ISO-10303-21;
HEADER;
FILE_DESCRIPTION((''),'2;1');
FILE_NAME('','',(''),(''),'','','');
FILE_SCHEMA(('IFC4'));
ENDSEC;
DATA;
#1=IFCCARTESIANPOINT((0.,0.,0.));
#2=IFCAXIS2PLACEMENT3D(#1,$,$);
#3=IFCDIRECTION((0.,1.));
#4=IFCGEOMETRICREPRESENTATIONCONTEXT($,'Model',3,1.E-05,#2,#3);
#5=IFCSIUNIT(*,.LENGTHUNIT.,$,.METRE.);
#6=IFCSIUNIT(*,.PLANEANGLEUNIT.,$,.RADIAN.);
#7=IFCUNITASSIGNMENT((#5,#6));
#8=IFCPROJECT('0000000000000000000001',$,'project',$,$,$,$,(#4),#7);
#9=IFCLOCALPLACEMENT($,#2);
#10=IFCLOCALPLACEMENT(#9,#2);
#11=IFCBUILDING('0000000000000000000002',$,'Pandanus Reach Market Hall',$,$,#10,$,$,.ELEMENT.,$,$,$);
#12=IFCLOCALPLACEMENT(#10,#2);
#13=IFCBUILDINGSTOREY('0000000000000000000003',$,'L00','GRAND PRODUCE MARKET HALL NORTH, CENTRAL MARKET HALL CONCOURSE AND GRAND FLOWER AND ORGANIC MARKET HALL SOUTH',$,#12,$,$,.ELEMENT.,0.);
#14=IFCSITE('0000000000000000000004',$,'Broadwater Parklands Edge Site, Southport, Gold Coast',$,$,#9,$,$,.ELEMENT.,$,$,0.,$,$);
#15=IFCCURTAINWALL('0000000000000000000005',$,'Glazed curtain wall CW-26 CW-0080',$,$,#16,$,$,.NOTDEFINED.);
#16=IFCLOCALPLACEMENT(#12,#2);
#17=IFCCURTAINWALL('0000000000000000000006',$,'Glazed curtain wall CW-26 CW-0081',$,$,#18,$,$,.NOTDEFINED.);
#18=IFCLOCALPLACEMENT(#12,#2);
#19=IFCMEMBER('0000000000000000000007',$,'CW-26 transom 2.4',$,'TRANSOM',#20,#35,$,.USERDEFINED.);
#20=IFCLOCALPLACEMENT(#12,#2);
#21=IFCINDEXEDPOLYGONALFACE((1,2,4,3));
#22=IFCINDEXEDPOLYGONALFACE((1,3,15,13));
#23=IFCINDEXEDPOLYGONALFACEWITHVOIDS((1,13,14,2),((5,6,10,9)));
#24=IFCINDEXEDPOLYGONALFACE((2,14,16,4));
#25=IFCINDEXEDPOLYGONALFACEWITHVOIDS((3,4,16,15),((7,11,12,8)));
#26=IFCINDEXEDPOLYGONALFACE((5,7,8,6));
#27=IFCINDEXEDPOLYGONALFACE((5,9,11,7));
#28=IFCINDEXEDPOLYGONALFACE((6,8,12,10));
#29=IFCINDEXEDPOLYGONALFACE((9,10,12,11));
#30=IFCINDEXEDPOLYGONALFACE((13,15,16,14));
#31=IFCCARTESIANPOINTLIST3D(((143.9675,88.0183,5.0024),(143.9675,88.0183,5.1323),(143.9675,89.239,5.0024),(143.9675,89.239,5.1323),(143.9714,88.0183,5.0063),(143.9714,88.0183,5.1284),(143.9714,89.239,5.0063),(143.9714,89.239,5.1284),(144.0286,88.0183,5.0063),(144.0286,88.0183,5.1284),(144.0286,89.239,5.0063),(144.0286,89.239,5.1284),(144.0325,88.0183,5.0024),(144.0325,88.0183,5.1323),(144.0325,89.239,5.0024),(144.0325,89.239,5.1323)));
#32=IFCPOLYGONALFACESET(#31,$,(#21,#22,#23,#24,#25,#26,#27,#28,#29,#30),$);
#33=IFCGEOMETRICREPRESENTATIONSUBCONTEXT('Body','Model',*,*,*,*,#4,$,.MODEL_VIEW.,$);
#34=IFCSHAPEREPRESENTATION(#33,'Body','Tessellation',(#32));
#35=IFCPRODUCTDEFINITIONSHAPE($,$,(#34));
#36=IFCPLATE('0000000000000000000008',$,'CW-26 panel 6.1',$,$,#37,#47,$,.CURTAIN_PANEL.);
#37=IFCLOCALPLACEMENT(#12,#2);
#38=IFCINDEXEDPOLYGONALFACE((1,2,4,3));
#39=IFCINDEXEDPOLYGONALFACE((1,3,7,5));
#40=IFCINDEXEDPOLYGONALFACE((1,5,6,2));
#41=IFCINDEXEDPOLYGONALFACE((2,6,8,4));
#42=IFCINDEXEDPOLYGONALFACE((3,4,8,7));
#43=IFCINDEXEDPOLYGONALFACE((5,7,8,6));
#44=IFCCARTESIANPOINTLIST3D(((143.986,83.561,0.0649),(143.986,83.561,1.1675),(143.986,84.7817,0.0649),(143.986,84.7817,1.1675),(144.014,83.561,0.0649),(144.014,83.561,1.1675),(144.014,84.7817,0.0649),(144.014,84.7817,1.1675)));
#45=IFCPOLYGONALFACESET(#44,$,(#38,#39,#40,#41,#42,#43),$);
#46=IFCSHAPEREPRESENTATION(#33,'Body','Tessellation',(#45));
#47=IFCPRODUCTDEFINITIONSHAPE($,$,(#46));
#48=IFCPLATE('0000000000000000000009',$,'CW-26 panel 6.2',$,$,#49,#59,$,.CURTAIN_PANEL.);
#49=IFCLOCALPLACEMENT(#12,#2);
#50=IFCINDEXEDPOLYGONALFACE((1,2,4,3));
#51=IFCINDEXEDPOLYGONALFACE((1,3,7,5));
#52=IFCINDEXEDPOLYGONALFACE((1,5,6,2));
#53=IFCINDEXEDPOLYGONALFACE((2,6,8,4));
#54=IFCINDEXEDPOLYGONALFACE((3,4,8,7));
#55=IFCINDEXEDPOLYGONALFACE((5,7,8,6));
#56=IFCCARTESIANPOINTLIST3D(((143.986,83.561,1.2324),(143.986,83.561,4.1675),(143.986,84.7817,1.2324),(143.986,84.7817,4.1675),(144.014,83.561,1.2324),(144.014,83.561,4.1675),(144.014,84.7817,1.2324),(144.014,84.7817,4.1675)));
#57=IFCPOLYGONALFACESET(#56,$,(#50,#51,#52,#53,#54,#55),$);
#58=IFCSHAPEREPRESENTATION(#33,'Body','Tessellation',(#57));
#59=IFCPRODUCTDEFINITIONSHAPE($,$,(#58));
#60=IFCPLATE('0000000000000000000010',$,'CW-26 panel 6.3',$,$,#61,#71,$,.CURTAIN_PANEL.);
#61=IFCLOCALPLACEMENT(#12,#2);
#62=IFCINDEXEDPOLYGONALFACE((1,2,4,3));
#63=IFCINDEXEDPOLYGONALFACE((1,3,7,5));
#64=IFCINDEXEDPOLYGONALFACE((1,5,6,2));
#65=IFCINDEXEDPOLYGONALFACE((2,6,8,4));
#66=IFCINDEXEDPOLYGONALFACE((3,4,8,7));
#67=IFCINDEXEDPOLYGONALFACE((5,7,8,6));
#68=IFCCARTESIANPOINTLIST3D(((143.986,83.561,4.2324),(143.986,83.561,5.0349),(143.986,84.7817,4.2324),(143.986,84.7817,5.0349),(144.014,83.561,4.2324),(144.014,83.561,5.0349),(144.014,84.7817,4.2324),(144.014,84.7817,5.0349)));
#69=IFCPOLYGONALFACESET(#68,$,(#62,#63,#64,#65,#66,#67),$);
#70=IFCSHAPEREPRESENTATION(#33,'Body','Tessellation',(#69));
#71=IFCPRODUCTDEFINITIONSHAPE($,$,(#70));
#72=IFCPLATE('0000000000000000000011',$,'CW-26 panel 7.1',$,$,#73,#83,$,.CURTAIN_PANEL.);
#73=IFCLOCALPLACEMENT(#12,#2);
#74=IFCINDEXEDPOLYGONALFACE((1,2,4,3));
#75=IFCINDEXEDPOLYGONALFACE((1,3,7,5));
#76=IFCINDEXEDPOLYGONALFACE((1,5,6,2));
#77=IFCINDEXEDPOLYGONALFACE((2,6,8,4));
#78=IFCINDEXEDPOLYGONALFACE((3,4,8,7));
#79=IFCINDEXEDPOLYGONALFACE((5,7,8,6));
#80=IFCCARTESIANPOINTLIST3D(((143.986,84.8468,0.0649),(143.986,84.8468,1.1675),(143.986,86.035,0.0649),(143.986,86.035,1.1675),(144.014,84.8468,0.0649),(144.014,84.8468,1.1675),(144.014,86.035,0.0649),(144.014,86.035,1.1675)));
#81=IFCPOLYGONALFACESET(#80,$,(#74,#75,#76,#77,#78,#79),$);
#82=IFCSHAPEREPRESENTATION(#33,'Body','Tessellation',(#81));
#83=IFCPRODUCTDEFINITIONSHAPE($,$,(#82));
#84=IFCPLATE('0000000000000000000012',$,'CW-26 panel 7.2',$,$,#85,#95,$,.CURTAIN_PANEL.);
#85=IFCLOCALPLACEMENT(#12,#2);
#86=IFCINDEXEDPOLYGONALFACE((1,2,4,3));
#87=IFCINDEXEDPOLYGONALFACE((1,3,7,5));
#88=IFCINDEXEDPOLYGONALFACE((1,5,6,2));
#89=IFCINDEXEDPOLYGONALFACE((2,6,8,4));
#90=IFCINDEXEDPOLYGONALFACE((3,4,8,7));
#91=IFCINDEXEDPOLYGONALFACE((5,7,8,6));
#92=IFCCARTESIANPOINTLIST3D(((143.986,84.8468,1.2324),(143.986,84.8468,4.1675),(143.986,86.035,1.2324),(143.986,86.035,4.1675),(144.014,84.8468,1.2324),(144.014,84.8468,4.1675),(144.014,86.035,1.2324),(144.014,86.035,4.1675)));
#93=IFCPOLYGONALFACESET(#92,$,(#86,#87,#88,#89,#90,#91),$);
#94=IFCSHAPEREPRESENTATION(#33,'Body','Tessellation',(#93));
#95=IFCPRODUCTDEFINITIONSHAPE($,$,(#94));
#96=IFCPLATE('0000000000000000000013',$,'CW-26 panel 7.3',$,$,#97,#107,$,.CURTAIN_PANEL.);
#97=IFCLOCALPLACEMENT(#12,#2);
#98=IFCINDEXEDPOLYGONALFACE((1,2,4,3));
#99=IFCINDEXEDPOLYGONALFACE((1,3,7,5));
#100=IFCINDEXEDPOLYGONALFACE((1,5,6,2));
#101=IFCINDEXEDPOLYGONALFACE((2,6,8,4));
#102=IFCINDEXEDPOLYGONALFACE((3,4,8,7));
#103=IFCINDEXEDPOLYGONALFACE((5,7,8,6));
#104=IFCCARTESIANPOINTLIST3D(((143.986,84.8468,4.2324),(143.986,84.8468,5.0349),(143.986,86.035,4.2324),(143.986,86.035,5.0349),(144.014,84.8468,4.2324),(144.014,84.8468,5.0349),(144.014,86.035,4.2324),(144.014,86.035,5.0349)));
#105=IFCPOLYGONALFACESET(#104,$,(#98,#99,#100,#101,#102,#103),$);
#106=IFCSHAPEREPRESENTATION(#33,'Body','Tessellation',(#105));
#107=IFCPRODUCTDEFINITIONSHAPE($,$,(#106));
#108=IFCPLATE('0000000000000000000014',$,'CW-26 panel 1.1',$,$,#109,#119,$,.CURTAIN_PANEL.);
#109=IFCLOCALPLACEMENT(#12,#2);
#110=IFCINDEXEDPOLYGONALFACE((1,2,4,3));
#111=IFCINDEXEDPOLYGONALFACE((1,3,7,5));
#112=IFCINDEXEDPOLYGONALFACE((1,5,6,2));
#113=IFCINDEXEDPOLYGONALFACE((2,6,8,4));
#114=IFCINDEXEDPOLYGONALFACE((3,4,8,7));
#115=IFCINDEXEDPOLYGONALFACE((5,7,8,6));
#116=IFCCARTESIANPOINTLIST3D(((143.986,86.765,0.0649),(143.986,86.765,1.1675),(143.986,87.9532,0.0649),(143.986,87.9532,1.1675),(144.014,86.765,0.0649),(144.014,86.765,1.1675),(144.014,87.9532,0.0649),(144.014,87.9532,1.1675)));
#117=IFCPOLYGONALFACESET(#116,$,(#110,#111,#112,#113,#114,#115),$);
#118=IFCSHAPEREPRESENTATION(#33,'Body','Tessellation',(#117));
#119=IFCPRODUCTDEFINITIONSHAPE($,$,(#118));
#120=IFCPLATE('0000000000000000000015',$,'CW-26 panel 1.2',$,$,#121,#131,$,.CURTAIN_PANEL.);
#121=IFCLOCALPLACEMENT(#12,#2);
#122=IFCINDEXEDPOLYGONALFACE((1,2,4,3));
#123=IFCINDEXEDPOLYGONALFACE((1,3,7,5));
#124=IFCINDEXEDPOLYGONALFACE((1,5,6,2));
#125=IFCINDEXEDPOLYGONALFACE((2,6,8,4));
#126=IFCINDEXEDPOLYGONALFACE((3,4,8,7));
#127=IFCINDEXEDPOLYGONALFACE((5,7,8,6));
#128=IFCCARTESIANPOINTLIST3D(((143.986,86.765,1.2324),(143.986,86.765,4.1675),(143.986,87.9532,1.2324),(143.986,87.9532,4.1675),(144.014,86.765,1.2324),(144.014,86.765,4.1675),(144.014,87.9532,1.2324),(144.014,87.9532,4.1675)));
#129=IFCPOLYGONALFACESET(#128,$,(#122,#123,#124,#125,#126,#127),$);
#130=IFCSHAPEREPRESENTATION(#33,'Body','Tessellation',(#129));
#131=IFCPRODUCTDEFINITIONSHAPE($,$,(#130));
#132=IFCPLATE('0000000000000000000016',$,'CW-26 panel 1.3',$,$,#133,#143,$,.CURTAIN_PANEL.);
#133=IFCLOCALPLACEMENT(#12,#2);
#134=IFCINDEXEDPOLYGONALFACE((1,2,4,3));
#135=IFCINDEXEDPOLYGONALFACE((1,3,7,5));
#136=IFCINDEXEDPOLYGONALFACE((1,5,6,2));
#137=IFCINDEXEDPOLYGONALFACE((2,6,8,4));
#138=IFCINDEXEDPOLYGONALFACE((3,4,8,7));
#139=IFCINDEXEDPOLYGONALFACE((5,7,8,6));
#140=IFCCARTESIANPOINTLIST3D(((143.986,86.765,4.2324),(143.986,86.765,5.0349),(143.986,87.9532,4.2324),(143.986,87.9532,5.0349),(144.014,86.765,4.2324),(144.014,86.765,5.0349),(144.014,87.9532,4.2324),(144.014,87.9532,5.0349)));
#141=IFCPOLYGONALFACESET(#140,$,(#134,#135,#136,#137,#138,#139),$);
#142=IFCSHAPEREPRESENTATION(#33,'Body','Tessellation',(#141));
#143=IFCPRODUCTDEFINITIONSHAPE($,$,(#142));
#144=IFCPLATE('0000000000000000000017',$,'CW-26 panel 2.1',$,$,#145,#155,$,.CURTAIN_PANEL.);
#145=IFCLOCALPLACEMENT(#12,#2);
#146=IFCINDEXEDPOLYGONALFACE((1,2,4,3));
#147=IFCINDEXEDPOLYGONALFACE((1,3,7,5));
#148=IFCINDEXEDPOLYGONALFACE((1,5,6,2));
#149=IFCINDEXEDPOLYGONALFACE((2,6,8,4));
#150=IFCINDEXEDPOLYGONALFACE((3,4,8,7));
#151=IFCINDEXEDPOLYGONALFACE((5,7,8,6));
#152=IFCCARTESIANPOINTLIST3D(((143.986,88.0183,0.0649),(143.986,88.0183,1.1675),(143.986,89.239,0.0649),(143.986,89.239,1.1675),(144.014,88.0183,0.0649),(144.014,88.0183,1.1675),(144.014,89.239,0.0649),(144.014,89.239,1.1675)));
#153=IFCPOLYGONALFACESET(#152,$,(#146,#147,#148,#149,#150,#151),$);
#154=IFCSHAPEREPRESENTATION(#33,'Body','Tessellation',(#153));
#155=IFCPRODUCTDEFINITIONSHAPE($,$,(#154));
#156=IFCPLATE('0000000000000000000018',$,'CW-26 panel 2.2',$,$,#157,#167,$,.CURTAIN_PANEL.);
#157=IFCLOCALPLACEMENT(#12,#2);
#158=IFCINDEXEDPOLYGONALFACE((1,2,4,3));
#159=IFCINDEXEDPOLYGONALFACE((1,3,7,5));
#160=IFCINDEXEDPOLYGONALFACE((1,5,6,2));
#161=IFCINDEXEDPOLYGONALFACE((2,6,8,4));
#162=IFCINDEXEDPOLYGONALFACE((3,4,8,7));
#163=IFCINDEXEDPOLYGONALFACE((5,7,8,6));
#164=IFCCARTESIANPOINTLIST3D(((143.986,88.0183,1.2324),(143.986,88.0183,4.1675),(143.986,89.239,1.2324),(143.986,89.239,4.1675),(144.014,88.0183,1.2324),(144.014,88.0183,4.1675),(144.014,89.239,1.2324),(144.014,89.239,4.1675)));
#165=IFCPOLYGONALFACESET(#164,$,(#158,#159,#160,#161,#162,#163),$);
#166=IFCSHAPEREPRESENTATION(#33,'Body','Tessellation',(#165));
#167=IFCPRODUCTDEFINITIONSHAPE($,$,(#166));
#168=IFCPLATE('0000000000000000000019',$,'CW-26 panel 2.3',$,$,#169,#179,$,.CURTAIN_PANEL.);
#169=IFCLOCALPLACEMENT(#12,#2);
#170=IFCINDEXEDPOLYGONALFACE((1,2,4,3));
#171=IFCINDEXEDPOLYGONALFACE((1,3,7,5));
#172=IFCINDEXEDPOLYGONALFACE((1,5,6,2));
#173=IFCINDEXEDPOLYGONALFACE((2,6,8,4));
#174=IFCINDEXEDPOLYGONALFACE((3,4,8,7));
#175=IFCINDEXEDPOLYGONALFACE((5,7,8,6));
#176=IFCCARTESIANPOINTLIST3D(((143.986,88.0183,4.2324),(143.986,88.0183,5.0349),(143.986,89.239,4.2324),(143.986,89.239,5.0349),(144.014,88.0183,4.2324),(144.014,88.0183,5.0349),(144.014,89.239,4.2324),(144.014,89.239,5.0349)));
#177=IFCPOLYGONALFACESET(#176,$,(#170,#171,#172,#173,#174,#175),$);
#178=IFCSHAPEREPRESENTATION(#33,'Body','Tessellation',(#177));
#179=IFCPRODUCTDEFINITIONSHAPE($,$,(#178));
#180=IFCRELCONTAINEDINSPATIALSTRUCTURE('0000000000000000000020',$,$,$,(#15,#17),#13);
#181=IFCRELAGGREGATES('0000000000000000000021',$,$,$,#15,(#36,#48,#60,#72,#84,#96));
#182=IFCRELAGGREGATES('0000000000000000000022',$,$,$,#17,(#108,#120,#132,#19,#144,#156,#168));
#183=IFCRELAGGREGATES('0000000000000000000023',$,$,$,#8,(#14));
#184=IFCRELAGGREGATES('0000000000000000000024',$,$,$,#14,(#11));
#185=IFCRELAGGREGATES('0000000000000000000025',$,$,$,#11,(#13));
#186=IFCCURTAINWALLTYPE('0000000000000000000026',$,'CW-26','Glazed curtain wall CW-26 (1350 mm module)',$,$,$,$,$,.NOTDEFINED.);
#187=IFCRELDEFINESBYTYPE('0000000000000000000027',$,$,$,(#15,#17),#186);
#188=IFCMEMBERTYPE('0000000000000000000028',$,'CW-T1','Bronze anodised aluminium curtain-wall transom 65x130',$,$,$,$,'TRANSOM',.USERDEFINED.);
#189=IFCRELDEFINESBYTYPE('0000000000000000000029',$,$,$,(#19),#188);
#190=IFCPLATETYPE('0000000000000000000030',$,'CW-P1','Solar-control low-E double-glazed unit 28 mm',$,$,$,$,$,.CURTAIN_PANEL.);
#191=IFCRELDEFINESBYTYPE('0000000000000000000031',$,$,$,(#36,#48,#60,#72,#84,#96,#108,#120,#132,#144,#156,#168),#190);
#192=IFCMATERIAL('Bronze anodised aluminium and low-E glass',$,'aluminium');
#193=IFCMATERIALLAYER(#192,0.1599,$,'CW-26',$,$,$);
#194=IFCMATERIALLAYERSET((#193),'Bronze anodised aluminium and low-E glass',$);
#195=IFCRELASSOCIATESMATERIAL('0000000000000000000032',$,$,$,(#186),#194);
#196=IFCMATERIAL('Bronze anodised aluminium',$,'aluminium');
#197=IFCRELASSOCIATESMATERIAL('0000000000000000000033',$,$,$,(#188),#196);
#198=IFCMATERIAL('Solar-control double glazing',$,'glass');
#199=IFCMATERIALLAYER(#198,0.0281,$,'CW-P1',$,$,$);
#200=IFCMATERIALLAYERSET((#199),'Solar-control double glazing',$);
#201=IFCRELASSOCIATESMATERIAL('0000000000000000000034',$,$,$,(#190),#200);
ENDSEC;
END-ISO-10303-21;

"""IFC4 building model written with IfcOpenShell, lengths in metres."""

from ifc_helpers import new_model, si_unit, direction, frame, origin, origin_2d, place, context, subcontext, project, spatial, rectangle, hollow_rectangle, extrude, material, layer, layer_set, material_profile, profile_set, type_object, element, aggregate, save


model = new_model("IFC4")

# Units and contexts
model_context = context("Model", 3, precision=1e-05, world=origin(), true_north=direction((0.0, 1.0)))
body_context = subcontext(model_context, "Body", "Model", "MODEL_VIEW")
ifc_project = project(units=[si_unit("LENGTHUNIT", "METRE"), si_unit("PLANEANGLEUNIT", "RADIAN")], contexts=[model_context])

# Site, building, storey
site_placement = place(None, origin())
site = spatial("IfcSite", under=ifc_project, at=site_placement, Name="Broadwater Parklands Edge Site, Southport, Gold Coast", CompositionType="ELEMENT", RefElevation=0.0)
building_placement = place(site_placement, origin())
building = spatial("IfcBuilding", under=site, at=building_placement, Name="Pandanus Reach Market Hall", CompositionType="ELEMENT")
storey_placement = place(building_placement, origin())
storey = spatial("IfcBuildingStorey", under=building, at=storey_placement, Name="L00", Description="GRAND PRODUCE MARKET HALL NORTH, CENTRAL MARKET HALL CONCOURSE AND GRAND FLOWER AND ORGANIC MARKET HALL SOUTH", CompositionType="ELEMENT", Elevation=0.0)

# Curtain walls
ifc_material_1 = material(Name="Bronze anodised aluminium and low-E glass", Category="aluminium")
ifc_layer_1 = layer(ifc_material_1, 0.1599, Name="CW-26")
ifc_layer_set_1 = layer_set([ifc_layer_1], Name="Bronze anodised aluminium and low-E glass")
curtain_wall_type = type_object("IfcCurtainWallType", Name="CW-26", Description="Glazed curtain wall CW-26 (1350 mm module)", PredefinedType="NOTDEFINED", material=ifc_layer_set_1)
curtain_wall_1_placement = place(storey_placement, origin())
curtain_wall_1 = element("IfcCurtainWall", 1, at=curtain_wall_1_placement, inside=storey, type_object=curtain_wall_type, Name="Glazed curtain wall CW-26 CW-0080", PredefinedType="NOTDEFINED")
ifc_material_2 = material(Name="Bronze anodised aluminium", Category="aluminium")
curtain_wall_2_placement = place(storey_placement, origin())
curtain_wall_2 = element("IfcCurtainWall", 2, at=curtain_wall_2_placement, inside=storey, type_object=curtain_wall_type, Name="Glazed curtain wall CW-26 CW-0081", PredefinedType="NOTDEFINED")

# Member
ifc_material_profile_1 = material_profile(ifc_material_2, hollow_rectangle(XDim=0.0649, YDim=0.1299, WallThickness=0.0039, at=origin_2d()), Name="ALU65x130", Category="LoadBearing")
ifc_profile_set_1 = profile_set([ifc_material_profile_1], Name="Bronze anodised aluminium")
member_type_1 = type_object("IfcMemberType", Name="CW-T1", Description="Bronze anodised aluminium curtain-wall transom 65x130", ElementType="TRANSOM", PredefinedType="USERDEFINED", material=ifc_profile_set_1)
member_1_placement = place(storey_placement, frame((144.0, 88.0183, 5.0674), z_axis=(0.0, 1.0, 0.0), x_axis=(-1.0, 0.0, 0.0)))
member_1 = element("IfcMember", 3, at=member_1_placement, type_object=member_type_1, Name="CW-26 transom 2.4", ObjectType="TRANSOM", PredefinedType="USERDEFINED", context=body_context, shape_type="SweptSolid", body=[
    extrude(hollow_rectangle(XDim=0.0649, YDim=0.1299, WallThickness=0.0039, at=origin_2d()), origin(), (0.0, 0.0, 1.0), 1.2207),
])

# Plates
ifc_material_3 = material(Name="Solar-control double glazing", Category="glass")
ifc_layer_2 = layer(ifc_material_3, 0.0281, Name="CW-P1")
ifc_layer_set_2 = layer_set([ifc_layer_2], Name="Solar-control double glazing")
plate_type = type_object("IfcPlateType", Name="CW-P1", Description="Solar-control low-E double-glazed unit 28 mm", PredefinedType="CURTAIN_PANEL", material=ifc_layer_set_2)
plate_1_placement = place(storey_placement, frame((144.0, 84.1714, 0.0649), z_axis=(0.0, 0.0, 1.0), x_axis=(0.0, 1.0, 0.0)))
plate_1 = element("IfcPlate", 4, at=plate_1_placement, type_object=plate_type, Name="CW-26 panel 6.1", PredefinedType="CURTAIN_PANEL", context=body_context, shape_type="SweptSolid", body=[
    extrude(rectangle(XDim=1.2207, YDim=0.0281, at=origin_2d()), origin(), (0.0, 0.0, 1.0), 1.1025),
])
plate_2_placement = place(storey_placement, frame((144.0, 84.1714, 1.2324), z_axis=(0.0, 0.0, 1.0), x_axis=(0.0, 1.0, 0.0)))
plate_2 = element("IfcPlate", 5, at=plate_2_placement, type_object=plate_type, Name="CW-26 panel 6.2", PredefinedType="CURTAIN_PANEL", context=body_context, shape_type="SweptSolid", body=[
    extrude(rectangle(XDim=1.2207, YDim=0.0281, at=origin_2d()), origin(), (0.0, 0.0, 1.0), 2.9351),
])
plate_3_placement = place(storey_placement, frame((144.0, 84.1714, 4.2324), z_axis=(0.0, 0.0, 1.0), x_axis=(0.0, 1.0, 0.0)))
plate_3 = element("IfcPlate", 6, at=plate_3_placement, type_object=plate_type, Name="CW-26 panel 6.3", PredefinedType="CURTAIN_PANEL", context=body_context, shape_type="SweptSolid", body=[
    extrude(rectangle(XDim=1.2207, YDim=0.0281, at=origin_2d()), origin(), (0.0, 0.0, 1.0), 0.8025),
])
plate_4_placement = place(storey_placement, frame((144.0, 85.4409, 0.0649), z_axis=(0.0, 0.0, 1.0), x_axis=(0.0, 1.0, 0.0)))
plate_4 = element("IfcPlate", 7, at=plate_4_placement, type_object=plate_type, Name="CW-26 panel 7.1", PredefinedType="CURTAIN_PANEL", context=body_context, shape_type="SweptSolid", body=[
    extrude(rectangle(XDim=1.1882, YDim=0.0281, at=origin_2d()), origin(), (0.0, 0.0, 1.0), 1.1025),
])
plate_5_placement = place(storey_placement, frame((144.0, 85.4409, 1.2324), z_axis=(0.0, 0.0, 1.0), x_axis=(0.0, 1.0, 0.0)))
plate_5 = element("IfcPlate", 8, at=plate_5_placement, type_object=plate_type, Name="CW-26 panel 7.2", PredefinedType="CURTAIN_PANEL", context=body_context, shape_type="SweptSolid", body=[
    extrude(rectangle(XDim=1.1882, YDim=0.0281, at=origin_2d()), origin(), (0.0, 0.0, 1.0), 2.9351),
])
plate_6_placement = place(storey_placement, frame((144.0, 85.4409, 4.2324), z_axis=(0.0, 0.0, 1.0), x_axis=(0.0, 1.0, 0.0)))
plate_6 = element("IfcPlate", 9, at=plate_6_placement, type_object=plate_type, Name="CW-26 panel 7.3", PredefinedType="CURTAIN_PANEL", context=body_context, shape_type="SweptSolid", body=[
    extrude(rectangle(XDim=1.1882, YDim=0.0281, at=origin_2d()), origin(), (0.0, 0.0, 1.0), 0.8025),
])
aggregate(curtain_wall_1, [plate_1, plate_2, plate_3, plate_4, plate_5, plate_6])
plate_7_placement = place(storey_placement, frame((144.0, 87.3591, 0.0649), z_axis=(0.0, 0.0, 1.0), x_axis=(0.0, 1.0, 0.0)))
plate_7 = element("IfcPlate", 10, at=plate_7_placement, type_object=plate_type, Name="CW-26 panel 1.1", PredefinedType="CURTAIN_PANEL", context=body_context, shape_type="SweptSolid", body=[
    extrude(rectangle(XDim=1.1882, YDim=0.0281, at=origin_2d()), origin(), (0.0, 0.0, 1.0), 1.1025),
])
plate_8_placement = place(storey_placement, frame((144.0, 87.3591, 1.2324), z_axis=(0.0, 0.0, 1.0), x_axis=(0.0, 1.0, 0.0)))
plate_8 = element("IfcPlate", 11, at=plate_8_placement, type_object=plate_type, Name="CW-26 panel 1.2", PredefinedType="CURTAIN_PANEL", context=body_context, shape_type="SweptSolid", body=[
    extrude(rectangle(XDim=1.1882, YDim=0.0281, at=origin_2d()), origin(), (0.0, 0.0, 1.0), 2.9351),
])
plate_9_placement = place(storey_placement, frame((144.0, 87.3591, 4.2324), z_axis=(0.0, 0.0, 1.0), x_axis=(0.0, 1.0, 0.0)))
plate_9 = element("IfcPlate", 12, at=plate_9_placement, type_object=plate_type, Name="CW-26 panel 1.3", PredefinedType="CURTAIN_PANEL", context=body_context, shape_type="SweptSolid", body=[
    extrude(rectangle(XDim=1.1882, YDim=0.0281, at=origin_2d()), origin(), (0.0, 0.0, 1.0), 0.8025),
])
plate_10_placement = place(storey_placement, frame((144.0, 88.6287, 0.0649), z_axis=(0.0, 0.0, 1.0), x_axis=(0.0, 1.0, 0.0)))
plate_10 = element("IfcPlate", 13, at=plate_10_placement, type_object=plate_type, Name="CW-26 panel 2.1", PredefinedType="CURTAIN_PANEL", context=body_context, shape_type="SweptSolid", body=[
    extrude(rectangle(XDim=1.2207, YDim=0.0281, at=origin_2d()), origin(), (0.0, 0.0, 1.0), 1.1025),
])
plate_11_placement = place(storey_placement, frame((144.0, 88.6287, 1.2324), z_axis=(0.0, 0.0, 1.0), x_axis=(0.0, 1.0, 0.0)))
plate_11 = element("IfcPlate", 14, at=plate_11_placement, type_object=plate_type, Name="CW-26 panel 2.2", PredefinedType="CURTAIN_PANEL", context=body_context, shape_type="SweptSolid", body=[
    extrude(rectangle(XDim=1.2207, YDim=0.0281, at=origin_2d()), origin(), (0.0, 0.0, 1.0), 2.9351),
])
plate_12_placement = place(storey_placement, frame((144.0, 88.6287, 4.2324), z_axis=(0.0, 0.0, 1.0), x_axis=(0.0, 1.0, 0.0)))
plate_12 = element("IfcPlate", 15, at=plate_12_placement, type_object=plate_type, Name="CW-26 panel 2.3", PredefinedType="CURTAIN_PANEL", context=body_context, shape_type="SweptSolid", body=[
    extrude(rectangle(XDim=1.2207, YDim=0.0281, at=origin_2d()), origin(), (0.0, 0.0, 1.0), 0.8025),
])
aggregate(curtain_wall_2, [plate_7, plate_8, plate_9, member_1, plate_10, plate_11, plate_12])

save(model, "model.ifc")
